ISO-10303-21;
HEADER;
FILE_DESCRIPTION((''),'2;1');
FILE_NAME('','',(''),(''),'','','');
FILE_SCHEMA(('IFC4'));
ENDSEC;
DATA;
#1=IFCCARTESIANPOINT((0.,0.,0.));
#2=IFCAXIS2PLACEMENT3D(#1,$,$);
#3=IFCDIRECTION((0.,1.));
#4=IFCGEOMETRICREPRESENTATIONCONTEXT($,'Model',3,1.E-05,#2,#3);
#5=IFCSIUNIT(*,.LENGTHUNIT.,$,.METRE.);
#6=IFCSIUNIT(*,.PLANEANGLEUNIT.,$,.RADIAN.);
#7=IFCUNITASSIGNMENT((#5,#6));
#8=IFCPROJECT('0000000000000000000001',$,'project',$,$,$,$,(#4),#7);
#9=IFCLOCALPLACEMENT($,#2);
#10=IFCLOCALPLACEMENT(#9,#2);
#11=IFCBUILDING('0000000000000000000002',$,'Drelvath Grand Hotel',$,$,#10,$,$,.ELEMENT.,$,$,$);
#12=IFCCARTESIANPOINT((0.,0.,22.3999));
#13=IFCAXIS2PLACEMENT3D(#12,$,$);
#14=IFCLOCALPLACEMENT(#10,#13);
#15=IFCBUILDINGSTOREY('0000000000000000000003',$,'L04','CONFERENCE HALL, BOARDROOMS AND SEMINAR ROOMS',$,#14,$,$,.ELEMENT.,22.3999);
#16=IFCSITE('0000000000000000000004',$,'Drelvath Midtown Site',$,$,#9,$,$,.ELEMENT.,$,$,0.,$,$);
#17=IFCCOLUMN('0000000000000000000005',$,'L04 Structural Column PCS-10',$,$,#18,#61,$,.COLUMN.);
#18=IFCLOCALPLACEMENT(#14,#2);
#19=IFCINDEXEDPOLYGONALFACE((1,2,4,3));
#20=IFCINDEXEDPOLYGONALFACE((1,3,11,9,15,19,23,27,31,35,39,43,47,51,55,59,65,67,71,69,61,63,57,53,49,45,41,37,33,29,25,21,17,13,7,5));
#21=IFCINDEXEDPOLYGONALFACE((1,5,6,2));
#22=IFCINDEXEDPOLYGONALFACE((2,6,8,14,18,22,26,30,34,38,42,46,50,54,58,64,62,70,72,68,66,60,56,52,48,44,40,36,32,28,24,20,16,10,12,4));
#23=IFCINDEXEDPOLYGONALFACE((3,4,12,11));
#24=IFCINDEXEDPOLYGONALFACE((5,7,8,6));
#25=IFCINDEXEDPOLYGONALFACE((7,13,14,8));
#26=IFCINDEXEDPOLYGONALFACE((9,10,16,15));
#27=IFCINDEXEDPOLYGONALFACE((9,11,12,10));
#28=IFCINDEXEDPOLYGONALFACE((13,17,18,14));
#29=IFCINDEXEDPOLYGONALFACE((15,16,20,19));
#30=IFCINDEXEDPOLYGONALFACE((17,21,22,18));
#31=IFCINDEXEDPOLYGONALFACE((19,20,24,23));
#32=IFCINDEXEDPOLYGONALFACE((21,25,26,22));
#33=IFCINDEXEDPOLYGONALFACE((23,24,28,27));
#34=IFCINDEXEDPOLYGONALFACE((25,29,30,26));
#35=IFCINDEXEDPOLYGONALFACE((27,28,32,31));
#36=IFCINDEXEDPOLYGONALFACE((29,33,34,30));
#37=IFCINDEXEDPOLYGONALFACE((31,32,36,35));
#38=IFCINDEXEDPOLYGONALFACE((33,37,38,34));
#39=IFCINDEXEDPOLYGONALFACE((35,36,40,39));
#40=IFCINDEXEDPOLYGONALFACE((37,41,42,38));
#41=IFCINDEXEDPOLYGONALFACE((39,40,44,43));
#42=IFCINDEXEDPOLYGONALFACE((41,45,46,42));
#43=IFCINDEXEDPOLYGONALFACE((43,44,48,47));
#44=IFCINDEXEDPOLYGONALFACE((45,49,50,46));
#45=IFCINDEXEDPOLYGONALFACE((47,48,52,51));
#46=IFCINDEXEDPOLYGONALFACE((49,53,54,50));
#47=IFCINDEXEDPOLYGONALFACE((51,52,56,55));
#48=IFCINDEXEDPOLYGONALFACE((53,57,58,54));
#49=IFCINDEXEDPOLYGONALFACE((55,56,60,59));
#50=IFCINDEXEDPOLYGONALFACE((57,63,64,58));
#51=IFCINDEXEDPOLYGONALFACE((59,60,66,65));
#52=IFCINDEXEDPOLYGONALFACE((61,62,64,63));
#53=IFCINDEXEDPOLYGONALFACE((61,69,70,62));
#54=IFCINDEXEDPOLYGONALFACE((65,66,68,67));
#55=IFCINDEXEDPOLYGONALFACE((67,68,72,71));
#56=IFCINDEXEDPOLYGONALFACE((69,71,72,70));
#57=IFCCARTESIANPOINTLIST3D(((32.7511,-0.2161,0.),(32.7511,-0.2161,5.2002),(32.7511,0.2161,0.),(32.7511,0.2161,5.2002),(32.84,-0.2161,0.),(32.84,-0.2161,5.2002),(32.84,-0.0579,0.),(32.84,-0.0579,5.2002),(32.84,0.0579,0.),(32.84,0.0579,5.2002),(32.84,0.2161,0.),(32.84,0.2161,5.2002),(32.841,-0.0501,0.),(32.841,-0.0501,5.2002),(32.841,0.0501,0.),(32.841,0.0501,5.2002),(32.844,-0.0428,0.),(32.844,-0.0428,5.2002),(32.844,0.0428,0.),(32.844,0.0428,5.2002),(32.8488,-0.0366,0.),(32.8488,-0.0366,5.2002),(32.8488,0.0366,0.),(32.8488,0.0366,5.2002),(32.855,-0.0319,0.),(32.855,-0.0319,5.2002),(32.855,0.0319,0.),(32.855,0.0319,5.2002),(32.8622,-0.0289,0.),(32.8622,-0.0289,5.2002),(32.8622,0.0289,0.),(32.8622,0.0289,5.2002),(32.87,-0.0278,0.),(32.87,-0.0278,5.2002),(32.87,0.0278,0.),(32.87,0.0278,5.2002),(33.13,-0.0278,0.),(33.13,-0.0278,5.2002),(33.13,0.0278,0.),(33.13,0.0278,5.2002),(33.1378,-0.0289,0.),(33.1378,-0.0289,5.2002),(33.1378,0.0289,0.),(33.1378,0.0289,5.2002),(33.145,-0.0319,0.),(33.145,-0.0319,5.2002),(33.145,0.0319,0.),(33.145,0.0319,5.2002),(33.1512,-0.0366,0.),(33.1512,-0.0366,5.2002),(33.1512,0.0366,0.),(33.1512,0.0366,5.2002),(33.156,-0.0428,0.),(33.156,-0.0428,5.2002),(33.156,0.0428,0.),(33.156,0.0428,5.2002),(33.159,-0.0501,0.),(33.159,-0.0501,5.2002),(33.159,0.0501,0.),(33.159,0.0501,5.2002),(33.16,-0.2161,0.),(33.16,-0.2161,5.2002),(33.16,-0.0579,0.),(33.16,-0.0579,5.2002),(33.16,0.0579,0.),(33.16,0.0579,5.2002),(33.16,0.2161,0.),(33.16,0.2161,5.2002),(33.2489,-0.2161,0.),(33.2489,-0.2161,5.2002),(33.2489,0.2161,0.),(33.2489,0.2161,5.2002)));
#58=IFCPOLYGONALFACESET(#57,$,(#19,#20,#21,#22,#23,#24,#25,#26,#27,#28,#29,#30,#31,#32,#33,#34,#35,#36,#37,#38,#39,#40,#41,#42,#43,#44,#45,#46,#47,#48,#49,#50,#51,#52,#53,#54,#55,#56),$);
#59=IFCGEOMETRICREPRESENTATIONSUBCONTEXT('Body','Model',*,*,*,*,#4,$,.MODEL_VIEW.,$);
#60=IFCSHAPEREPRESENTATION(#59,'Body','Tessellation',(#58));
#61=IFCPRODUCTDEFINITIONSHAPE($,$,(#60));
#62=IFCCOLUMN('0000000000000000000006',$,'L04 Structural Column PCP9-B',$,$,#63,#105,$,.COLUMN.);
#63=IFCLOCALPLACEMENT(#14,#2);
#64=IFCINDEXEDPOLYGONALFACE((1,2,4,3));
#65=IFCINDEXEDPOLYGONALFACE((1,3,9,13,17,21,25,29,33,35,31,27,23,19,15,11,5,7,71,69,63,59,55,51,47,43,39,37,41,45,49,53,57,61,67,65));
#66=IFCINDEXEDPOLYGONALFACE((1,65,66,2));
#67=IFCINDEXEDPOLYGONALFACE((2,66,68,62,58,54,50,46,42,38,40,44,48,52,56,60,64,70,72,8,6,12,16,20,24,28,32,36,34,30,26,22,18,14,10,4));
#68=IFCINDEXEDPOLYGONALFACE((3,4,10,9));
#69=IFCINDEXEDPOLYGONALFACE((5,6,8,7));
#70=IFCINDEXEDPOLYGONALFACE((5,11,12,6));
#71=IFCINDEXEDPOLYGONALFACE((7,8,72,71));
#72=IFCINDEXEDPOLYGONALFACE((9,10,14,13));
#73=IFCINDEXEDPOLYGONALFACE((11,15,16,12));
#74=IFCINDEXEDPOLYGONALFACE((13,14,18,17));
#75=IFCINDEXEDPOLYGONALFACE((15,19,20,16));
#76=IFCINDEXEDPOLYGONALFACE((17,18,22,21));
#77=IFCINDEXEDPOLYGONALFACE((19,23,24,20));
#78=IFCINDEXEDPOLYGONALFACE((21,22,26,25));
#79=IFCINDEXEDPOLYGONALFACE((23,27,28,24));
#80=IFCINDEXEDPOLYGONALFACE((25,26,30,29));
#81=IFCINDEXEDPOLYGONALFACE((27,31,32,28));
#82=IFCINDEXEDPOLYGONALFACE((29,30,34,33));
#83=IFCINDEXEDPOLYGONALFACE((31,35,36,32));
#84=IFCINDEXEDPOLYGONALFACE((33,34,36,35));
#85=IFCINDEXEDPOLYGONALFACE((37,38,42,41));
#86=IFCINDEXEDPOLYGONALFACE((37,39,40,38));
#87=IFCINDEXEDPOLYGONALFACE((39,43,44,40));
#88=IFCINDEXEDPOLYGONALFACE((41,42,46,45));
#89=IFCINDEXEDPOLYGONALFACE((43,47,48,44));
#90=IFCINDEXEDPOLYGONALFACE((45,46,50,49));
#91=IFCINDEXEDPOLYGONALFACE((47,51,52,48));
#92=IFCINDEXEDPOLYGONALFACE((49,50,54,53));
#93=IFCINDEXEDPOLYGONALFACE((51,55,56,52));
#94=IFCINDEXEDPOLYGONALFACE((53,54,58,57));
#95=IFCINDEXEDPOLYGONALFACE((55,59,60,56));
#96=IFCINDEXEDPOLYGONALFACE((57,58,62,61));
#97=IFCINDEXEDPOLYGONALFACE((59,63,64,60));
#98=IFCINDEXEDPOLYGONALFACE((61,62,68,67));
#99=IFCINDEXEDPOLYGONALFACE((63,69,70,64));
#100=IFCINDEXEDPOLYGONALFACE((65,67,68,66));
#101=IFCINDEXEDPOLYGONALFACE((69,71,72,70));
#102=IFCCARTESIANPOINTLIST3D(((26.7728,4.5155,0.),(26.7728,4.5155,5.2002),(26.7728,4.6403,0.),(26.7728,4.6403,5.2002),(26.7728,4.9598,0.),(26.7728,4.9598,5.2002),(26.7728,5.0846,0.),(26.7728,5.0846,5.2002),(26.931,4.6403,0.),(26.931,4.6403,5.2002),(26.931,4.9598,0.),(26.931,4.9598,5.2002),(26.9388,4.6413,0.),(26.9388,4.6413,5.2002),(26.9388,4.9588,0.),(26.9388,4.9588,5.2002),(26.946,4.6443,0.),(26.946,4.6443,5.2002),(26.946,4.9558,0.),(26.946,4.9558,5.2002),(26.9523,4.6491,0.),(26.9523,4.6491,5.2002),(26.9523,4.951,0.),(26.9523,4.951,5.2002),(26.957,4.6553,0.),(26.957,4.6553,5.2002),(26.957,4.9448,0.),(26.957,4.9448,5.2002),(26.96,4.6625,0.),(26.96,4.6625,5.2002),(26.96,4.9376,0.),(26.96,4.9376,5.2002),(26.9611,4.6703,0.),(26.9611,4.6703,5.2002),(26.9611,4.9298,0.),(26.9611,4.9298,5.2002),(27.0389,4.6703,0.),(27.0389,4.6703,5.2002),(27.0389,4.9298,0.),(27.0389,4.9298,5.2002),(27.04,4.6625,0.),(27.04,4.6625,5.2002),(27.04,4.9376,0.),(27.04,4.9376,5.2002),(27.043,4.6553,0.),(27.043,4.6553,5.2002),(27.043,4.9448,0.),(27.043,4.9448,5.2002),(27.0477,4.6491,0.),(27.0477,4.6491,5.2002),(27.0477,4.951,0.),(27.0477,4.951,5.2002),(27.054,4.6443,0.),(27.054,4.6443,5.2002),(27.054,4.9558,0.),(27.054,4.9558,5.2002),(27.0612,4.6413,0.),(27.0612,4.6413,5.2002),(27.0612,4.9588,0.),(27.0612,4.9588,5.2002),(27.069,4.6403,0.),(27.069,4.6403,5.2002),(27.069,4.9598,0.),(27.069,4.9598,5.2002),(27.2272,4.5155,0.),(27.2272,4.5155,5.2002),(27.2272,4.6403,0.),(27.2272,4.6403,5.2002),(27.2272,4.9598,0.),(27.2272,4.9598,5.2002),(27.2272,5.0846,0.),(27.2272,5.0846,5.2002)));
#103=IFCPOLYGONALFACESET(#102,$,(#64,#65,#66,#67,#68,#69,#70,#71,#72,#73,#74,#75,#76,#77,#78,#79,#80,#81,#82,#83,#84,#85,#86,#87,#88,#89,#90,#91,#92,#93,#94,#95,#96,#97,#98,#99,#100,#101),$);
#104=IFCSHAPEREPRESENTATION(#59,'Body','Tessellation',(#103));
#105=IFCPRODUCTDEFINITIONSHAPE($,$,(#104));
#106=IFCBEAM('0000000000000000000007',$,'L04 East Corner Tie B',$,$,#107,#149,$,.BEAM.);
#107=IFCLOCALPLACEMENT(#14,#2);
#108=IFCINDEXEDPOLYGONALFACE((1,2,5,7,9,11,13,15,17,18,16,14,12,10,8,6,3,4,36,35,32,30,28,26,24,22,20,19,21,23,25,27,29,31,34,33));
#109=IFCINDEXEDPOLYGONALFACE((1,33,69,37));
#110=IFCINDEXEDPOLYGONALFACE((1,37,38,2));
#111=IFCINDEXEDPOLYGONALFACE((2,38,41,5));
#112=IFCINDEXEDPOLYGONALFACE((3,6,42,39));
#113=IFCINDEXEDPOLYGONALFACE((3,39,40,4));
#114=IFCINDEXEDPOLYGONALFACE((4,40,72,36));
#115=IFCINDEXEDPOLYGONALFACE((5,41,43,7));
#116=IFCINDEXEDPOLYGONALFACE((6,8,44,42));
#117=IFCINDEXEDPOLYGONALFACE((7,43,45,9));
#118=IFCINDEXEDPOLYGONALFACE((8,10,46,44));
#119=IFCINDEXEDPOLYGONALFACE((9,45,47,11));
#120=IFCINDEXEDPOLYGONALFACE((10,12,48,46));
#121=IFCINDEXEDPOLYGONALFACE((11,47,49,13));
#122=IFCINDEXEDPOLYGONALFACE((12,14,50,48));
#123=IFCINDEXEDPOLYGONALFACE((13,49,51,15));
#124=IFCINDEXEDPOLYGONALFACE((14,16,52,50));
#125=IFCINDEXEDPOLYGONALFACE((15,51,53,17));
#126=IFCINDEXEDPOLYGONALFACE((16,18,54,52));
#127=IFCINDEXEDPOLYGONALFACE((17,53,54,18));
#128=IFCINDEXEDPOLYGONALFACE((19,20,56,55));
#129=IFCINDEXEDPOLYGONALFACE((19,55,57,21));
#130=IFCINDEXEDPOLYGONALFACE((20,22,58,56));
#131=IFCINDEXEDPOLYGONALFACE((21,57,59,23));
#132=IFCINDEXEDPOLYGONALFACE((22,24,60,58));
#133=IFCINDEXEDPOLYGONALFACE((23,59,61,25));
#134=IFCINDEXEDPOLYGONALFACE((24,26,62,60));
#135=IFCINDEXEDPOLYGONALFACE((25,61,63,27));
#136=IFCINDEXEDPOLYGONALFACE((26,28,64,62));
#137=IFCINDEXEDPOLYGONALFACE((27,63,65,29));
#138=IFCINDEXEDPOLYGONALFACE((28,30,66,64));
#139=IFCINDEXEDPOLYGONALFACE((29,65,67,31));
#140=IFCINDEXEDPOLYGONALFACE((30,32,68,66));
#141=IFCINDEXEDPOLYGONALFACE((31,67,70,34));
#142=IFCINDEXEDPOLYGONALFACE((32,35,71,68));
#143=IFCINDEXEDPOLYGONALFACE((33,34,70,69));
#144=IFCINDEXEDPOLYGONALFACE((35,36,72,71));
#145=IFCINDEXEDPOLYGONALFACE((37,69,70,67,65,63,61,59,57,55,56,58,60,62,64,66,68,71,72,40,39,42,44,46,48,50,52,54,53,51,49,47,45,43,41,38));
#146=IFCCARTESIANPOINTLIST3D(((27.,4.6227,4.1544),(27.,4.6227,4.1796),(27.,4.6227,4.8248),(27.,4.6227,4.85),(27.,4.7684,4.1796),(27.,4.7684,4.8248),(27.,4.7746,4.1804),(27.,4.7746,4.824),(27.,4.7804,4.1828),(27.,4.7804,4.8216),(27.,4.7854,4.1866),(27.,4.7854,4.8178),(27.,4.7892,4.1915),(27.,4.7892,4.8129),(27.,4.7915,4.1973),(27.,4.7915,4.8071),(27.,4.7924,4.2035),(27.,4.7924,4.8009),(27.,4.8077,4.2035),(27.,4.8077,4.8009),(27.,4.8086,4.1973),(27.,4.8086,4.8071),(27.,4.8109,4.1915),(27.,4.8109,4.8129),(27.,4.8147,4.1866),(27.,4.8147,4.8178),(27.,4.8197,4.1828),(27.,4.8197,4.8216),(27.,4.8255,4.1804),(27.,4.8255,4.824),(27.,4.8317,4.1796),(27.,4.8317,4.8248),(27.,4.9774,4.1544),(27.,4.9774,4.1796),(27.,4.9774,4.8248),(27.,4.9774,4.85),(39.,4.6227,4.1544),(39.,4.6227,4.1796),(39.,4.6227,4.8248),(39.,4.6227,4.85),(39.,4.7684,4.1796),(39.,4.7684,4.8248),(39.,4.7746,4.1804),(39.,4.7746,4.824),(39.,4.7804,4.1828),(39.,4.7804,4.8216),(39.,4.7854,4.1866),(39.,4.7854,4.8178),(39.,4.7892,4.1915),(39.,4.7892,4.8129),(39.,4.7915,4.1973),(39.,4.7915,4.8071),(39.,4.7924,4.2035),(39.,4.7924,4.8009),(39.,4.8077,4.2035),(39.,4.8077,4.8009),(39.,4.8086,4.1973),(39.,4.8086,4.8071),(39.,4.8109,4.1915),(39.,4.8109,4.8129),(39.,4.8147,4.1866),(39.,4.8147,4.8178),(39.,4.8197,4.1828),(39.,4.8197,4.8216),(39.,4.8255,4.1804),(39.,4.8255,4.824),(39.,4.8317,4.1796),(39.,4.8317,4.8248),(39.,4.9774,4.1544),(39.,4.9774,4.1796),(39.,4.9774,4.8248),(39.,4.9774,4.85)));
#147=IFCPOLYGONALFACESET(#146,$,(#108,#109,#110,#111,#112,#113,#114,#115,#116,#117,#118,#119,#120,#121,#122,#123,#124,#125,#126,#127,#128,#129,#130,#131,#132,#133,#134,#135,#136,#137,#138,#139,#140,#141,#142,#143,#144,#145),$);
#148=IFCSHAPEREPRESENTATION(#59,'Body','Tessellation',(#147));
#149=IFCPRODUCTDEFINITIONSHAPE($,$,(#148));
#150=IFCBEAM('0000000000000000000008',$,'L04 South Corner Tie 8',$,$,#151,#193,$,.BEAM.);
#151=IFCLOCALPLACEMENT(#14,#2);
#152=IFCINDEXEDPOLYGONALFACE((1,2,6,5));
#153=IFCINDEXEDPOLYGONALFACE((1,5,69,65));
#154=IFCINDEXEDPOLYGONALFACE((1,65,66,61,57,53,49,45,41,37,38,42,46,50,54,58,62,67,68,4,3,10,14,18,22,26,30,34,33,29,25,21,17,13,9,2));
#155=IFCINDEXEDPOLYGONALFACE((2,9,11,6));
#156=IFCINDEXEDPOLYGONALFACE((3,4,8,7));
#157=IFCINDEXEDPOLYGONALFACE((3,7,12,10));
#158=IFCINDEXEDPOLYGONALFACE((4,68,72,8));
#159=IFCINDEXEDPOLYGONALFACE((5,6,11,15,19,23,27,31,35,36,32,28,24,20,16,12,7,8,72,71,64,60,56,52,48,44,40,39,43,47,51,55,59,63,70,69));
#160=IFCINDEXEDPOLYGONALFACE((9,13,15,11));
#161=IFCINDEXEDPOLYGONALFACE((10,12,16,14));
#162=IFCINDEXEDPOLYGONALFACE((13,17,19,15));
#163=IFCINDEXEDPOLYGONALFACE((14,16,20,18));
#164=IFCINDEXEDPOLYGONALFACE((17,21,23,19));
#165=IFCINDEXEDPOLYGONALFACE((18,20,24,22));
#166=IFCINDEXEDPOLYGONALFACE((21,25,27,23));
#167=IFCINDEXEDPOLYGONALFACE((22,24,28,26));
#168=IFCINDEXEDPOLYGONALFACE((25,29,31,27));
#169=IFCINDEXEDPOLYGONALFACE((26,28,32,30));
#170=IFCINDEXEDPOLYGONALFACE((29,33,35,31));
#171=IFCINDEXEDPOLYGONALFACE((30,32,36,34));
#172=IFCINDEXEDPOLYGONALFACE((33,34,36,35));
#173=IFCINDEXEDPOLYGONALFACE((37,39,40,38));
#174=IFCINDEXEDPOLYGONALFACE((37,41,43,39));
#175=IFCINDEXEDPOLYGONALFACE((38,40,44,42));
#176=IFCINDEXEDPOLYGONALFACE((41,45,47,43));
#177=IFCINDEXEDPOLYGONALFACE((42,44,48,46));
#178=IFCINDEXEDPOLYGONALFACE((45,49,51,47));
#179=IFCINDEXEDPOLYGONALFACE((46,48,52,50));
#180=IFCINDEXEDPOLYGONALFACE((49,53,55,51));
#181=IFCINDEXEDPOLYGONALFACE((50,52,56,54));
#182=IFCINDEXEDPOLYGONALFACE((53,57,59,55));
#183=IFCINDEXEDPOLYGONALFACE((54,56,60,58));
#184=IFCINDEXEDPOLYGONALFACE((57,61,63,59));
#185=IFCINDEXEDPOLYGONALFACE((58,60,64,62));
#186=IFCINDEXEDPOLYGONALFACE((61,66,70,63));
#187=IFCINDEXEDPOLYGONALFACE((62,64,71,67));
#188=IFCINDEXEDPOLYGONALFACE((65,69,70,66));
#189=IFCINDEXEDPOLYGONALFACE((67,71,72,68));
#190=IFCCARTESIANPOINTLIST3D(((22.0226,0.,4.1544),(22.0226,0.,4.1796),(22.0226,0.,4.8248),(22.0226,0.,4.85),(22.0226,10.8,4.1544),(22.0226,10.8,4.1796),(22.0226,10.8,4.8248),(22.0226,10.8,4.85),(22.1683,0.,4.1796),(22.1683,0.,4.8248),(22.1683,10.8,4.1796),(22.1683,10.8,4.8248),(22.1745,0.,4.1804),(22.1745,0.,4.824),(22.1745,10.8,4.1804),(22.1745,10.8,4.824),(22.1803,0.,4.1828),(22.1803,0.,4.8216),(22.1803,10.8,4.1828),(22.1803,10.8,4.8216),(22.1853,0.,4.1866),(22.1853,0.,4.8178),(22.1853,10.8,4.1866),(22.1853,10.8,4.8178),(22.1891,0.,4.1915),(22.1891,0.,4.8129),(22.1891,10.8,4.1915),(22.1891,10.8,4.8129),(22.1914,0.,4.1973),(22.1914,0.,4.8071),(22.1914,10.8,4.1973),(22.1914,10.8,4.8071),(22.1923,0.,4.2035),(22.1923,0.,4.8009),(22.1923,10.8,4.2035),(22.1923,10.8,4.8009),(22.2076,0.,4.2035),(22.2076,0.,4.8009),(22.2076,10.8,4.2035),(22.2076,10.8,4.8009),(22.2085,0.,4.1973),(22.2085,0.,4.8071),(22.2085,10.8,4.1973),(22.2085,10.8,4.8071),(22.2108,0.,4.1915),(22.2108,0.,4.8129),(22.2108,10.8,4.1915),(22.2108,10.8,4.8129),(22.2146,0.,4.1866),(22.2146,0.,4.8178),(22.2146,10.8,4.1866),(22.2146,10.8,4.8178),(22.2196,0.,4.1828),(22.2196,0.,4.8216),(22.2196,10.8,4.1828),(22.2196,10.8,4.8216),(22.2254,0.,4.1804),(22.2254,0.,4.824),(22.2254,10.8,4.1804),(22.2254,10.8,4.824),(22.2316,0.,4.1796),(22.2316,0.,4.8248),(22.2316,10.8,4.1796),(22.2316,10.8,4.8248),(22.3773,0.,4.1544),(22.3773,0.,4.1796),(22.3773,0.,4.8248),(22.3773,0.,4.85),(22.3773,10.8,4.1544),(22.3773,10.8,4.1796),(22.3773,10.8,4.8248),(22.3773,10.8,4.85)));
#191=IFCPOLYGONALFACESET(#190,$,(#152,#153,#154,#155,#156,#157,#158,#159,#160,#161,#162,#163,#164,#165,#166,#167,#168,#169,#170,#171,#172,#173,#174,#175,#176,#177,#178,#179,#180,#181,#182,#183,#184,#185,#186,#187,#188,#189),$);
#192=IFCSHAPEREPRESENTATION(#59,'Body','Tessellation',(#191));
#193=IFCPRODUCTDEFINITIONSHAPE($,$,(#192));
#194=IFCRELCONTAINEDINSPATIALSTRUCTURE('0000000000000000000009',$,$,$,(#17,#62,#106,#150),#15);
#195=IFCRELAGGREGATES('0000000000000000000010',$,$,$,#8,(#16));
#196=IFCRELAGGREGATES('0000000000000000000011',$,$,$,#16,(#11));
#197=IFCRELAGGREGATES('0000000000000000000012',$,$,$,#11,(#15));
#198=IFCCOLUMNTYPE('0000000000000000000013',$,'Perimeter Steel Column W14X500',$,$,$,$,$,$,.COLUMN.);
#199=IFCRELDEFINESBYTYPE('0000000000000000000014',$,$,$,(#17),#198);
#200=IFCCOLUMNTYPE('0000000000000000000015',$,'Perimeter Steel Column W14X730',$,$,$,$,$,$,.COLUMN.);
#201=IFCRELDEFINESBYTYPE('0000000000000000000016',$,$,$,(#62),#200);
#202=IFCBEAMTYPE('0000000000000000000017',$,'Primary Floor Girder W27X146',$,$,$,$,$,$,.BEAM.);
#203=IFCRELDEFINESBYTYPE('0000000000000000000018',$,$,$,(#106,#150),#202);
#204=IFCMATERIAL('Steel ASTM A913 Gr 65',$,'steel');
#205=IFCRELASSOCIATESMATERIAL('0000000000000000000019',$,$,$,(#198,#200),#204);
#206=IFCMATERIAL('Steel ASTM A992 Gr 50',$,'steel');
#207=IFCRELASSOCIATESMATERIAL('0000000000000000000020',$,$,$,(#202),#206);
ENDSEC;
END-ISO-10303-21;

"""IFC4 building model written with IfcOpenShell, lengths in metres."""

from ifc_helpers import new_model, si_unit, direction, frame, origin, origin_2d, place, context, subcontext, project, spatial, i_section, extrude, material, material_profile, profile_set, type_object, element, save


model = new_model("IFC4")

# Units and contexts
model_context = context("Model", 3, precision=1e-05, world=origin(), true_north=direction((0.0, 1.0)))
body_context = subcontext(model_context, "Body", "Model", "MODEL_VIEW")
ifc_project = project(units=[si_unit("LENGTHUNIT", "METRE"), si_unit("PLANEANGLEUNIT", "RADIAN")], contexts=[model_context])

# Site, building, storey
site_placement = place(None, origin())
site = spatial("IfcSite", under=ifc_project, at=site_placement, Name="Drelvath Midtown Site", CompositionType="ELEMENT", RefElevation=0.0)
building_placement = place(site_placement, origin())
building = spatial("IfcBuilding", under=site, at=building_placement, Name="Drelvath Grand Hotel", CompositionType="ELEMENT")
storey_placement = place(building_placement, frame((0.0, 0.0, 22.3999)))
storey = spatial("IfcBuildingStorey", under=building, at=storey_placement, Name="L04", Description="CONFERENCE HALL, BOARDROOMS AND SEMINAR ROOMS", CompositionType="ELEMENT", Elevation=22.3999)

# Columns
ifc_material_1 = material(Name="Steel ASTM A913 Gr 65", Category="steel")
ifc_material_profile_1 = material_profile(ifc_material_1, i_section(OverallWidth=0.4321, OverallDepth=0.4978, WebThickness=0.0557, FlangeThickness=0.0889, FilletRadius=0.03, at=origin_2d()), Name="W14X500")
ifc_profile_set_1 = profile_set([ifc_material_profile_1], Name="Steel ASTM A913 Gr 65")
column_type_1 = type_object("IfcColumnType", Name="Perimeter Steel Column W14X500", PredefinedType="COLUMN", material=ifc_profile_set_1)
for number, where, z_axis, x_axis, name in (
    (1, (33.0, 0.0, 0.0), (0.0, 0.0, 1.0), (0.0, 1.0, 0.0), "L04 Structural Column PCS-10"),
):
    element("IfcColumn", number, at=place(storey_placement, frame(where, z_axis=z_axis, x_axis=x_axis)), inside=storey, type_object=column_type_1, Name=name, PredefinedType="COLUMN", context=body_context, shape_type="SweptSolid", body=[
        extrude(i_section(OverallWidth=0.4321, OverallDepth=0.4978, WebThickness=0.0557, FlangeThickness=0.0889, FilletRadius=0.03, at=origin_2d()), origin(), (0.0, 0.0, 1.0), 5.2002),
    ])
ifc_material_profile_2 = material_profile(ifc_material_1, i_section(OverallWidth=0.4543, OverallDepth=0.5691, WebThickness=0.0779, FlangeThickness=0.1248, FilletRadius=0.03, at=origin_2d()), Name="W14X730")
ifc_profile_set_2 = profile_set([ifc_material_profile_2], Name="Steel ASTM A913 Gr 65")
column_type_2 = type_object("IfcColumnType", Name="Perimeter Steel Column W14X730", PredefinedType="COLUMN", material=ifc_profile_set_2)
column_placement = place(storey_placement, frame((27.0, 4.8, 0.0), z_axis=(0.0, 0.0, 1.0), x_axis=(1.0, 0.0, 0.0)))
element("IfcColumn", 2, at=column_placement, inside=storey, type_object=column_type_2, Name="L04 Structural Column PCP9-B", PredefinedType="COLUMN", context=body_context, shape_type="SweptSolid", body=[
    extrude(i_section(OverallWidth=0.4543, OverallDepth=0.5691, WebThickness=0.0779, FlangeThickness=0.1248, FilletRadius=0.03, at=origin_2d()), origin(), (0.0, 0.0, 1.0), 5.2002),
])

# Beams
ifc_material_2 = material(Name="Steel ASTM A992 Gr 50", Category="steel")
ifc_material_profile_3 = material_profile(ifc_material_2, i_section(OverallWidth=0.3547, OverallDepth=0.6956, WebThickness=0.0154, FlangeThickness=0.0251, FilletRadius=0.0239, at=origin_2d()), Name="W27X146")
ifc_profile_set_3 = profile_set([ifc_material_profile_3], Name="Steel ASTM A992 Gr 50")
beam_type = type_object("IfcBeamType", Name="Primary Floor Girder W27X146", PredefinedType="BEAM", material=ifc_profile_set_3)
beam_placement = place(storey_placement, frame((27.0, 4.8, 4.5022), z_axis=(1.0, 0.0, 0.0), x_axis=(0.0, 1.0, 0.0)))
element("IfcBeam", 3, at=beam_placement, inside=storey, type_object=beam_type, Name="L04 East Corner Tie B", PredefinedType="BEAM", context=body_context, shape_type="SweptSolid", body=[
    extrude(i_section(OverallWidth=0.3547, OverallDepth=0.6956, WebThickness=0.0154, FlangeThickness=0.0251, FilletRadius=0.0239, at=origin_2d()), origin(), (0.0, 0.0, 1.0), 12.0),
])
for number, where, z_axis, x_axis, name in (
    (4, (22.2, 0.0, 4.5022), (0.0, 1.0, 0.0), (-1.0, 0.0, 0.0), "L04 South Corner Tie 8"),
):
    element("IfcBeam", number, at=place(storey_placement, frame(where, z_axis=z_axis, x_axis=x_axis)), inside=storey, type_object=beam_type, Name=name, PredefinedType="BEAM", context=body_context, shape_type="SweptSolid", body=[
        extrude(i_section(OverallWidth=0.3547, OverallDepth=0.6956, WebThickness=0.0154, FlangeThickness=0.0251, FilletRadius=0.0239, at=origin_2d()), origin(), (0.0, 0.0, 1.0), 10.8),
    ])

save(model, "model.ifc")
